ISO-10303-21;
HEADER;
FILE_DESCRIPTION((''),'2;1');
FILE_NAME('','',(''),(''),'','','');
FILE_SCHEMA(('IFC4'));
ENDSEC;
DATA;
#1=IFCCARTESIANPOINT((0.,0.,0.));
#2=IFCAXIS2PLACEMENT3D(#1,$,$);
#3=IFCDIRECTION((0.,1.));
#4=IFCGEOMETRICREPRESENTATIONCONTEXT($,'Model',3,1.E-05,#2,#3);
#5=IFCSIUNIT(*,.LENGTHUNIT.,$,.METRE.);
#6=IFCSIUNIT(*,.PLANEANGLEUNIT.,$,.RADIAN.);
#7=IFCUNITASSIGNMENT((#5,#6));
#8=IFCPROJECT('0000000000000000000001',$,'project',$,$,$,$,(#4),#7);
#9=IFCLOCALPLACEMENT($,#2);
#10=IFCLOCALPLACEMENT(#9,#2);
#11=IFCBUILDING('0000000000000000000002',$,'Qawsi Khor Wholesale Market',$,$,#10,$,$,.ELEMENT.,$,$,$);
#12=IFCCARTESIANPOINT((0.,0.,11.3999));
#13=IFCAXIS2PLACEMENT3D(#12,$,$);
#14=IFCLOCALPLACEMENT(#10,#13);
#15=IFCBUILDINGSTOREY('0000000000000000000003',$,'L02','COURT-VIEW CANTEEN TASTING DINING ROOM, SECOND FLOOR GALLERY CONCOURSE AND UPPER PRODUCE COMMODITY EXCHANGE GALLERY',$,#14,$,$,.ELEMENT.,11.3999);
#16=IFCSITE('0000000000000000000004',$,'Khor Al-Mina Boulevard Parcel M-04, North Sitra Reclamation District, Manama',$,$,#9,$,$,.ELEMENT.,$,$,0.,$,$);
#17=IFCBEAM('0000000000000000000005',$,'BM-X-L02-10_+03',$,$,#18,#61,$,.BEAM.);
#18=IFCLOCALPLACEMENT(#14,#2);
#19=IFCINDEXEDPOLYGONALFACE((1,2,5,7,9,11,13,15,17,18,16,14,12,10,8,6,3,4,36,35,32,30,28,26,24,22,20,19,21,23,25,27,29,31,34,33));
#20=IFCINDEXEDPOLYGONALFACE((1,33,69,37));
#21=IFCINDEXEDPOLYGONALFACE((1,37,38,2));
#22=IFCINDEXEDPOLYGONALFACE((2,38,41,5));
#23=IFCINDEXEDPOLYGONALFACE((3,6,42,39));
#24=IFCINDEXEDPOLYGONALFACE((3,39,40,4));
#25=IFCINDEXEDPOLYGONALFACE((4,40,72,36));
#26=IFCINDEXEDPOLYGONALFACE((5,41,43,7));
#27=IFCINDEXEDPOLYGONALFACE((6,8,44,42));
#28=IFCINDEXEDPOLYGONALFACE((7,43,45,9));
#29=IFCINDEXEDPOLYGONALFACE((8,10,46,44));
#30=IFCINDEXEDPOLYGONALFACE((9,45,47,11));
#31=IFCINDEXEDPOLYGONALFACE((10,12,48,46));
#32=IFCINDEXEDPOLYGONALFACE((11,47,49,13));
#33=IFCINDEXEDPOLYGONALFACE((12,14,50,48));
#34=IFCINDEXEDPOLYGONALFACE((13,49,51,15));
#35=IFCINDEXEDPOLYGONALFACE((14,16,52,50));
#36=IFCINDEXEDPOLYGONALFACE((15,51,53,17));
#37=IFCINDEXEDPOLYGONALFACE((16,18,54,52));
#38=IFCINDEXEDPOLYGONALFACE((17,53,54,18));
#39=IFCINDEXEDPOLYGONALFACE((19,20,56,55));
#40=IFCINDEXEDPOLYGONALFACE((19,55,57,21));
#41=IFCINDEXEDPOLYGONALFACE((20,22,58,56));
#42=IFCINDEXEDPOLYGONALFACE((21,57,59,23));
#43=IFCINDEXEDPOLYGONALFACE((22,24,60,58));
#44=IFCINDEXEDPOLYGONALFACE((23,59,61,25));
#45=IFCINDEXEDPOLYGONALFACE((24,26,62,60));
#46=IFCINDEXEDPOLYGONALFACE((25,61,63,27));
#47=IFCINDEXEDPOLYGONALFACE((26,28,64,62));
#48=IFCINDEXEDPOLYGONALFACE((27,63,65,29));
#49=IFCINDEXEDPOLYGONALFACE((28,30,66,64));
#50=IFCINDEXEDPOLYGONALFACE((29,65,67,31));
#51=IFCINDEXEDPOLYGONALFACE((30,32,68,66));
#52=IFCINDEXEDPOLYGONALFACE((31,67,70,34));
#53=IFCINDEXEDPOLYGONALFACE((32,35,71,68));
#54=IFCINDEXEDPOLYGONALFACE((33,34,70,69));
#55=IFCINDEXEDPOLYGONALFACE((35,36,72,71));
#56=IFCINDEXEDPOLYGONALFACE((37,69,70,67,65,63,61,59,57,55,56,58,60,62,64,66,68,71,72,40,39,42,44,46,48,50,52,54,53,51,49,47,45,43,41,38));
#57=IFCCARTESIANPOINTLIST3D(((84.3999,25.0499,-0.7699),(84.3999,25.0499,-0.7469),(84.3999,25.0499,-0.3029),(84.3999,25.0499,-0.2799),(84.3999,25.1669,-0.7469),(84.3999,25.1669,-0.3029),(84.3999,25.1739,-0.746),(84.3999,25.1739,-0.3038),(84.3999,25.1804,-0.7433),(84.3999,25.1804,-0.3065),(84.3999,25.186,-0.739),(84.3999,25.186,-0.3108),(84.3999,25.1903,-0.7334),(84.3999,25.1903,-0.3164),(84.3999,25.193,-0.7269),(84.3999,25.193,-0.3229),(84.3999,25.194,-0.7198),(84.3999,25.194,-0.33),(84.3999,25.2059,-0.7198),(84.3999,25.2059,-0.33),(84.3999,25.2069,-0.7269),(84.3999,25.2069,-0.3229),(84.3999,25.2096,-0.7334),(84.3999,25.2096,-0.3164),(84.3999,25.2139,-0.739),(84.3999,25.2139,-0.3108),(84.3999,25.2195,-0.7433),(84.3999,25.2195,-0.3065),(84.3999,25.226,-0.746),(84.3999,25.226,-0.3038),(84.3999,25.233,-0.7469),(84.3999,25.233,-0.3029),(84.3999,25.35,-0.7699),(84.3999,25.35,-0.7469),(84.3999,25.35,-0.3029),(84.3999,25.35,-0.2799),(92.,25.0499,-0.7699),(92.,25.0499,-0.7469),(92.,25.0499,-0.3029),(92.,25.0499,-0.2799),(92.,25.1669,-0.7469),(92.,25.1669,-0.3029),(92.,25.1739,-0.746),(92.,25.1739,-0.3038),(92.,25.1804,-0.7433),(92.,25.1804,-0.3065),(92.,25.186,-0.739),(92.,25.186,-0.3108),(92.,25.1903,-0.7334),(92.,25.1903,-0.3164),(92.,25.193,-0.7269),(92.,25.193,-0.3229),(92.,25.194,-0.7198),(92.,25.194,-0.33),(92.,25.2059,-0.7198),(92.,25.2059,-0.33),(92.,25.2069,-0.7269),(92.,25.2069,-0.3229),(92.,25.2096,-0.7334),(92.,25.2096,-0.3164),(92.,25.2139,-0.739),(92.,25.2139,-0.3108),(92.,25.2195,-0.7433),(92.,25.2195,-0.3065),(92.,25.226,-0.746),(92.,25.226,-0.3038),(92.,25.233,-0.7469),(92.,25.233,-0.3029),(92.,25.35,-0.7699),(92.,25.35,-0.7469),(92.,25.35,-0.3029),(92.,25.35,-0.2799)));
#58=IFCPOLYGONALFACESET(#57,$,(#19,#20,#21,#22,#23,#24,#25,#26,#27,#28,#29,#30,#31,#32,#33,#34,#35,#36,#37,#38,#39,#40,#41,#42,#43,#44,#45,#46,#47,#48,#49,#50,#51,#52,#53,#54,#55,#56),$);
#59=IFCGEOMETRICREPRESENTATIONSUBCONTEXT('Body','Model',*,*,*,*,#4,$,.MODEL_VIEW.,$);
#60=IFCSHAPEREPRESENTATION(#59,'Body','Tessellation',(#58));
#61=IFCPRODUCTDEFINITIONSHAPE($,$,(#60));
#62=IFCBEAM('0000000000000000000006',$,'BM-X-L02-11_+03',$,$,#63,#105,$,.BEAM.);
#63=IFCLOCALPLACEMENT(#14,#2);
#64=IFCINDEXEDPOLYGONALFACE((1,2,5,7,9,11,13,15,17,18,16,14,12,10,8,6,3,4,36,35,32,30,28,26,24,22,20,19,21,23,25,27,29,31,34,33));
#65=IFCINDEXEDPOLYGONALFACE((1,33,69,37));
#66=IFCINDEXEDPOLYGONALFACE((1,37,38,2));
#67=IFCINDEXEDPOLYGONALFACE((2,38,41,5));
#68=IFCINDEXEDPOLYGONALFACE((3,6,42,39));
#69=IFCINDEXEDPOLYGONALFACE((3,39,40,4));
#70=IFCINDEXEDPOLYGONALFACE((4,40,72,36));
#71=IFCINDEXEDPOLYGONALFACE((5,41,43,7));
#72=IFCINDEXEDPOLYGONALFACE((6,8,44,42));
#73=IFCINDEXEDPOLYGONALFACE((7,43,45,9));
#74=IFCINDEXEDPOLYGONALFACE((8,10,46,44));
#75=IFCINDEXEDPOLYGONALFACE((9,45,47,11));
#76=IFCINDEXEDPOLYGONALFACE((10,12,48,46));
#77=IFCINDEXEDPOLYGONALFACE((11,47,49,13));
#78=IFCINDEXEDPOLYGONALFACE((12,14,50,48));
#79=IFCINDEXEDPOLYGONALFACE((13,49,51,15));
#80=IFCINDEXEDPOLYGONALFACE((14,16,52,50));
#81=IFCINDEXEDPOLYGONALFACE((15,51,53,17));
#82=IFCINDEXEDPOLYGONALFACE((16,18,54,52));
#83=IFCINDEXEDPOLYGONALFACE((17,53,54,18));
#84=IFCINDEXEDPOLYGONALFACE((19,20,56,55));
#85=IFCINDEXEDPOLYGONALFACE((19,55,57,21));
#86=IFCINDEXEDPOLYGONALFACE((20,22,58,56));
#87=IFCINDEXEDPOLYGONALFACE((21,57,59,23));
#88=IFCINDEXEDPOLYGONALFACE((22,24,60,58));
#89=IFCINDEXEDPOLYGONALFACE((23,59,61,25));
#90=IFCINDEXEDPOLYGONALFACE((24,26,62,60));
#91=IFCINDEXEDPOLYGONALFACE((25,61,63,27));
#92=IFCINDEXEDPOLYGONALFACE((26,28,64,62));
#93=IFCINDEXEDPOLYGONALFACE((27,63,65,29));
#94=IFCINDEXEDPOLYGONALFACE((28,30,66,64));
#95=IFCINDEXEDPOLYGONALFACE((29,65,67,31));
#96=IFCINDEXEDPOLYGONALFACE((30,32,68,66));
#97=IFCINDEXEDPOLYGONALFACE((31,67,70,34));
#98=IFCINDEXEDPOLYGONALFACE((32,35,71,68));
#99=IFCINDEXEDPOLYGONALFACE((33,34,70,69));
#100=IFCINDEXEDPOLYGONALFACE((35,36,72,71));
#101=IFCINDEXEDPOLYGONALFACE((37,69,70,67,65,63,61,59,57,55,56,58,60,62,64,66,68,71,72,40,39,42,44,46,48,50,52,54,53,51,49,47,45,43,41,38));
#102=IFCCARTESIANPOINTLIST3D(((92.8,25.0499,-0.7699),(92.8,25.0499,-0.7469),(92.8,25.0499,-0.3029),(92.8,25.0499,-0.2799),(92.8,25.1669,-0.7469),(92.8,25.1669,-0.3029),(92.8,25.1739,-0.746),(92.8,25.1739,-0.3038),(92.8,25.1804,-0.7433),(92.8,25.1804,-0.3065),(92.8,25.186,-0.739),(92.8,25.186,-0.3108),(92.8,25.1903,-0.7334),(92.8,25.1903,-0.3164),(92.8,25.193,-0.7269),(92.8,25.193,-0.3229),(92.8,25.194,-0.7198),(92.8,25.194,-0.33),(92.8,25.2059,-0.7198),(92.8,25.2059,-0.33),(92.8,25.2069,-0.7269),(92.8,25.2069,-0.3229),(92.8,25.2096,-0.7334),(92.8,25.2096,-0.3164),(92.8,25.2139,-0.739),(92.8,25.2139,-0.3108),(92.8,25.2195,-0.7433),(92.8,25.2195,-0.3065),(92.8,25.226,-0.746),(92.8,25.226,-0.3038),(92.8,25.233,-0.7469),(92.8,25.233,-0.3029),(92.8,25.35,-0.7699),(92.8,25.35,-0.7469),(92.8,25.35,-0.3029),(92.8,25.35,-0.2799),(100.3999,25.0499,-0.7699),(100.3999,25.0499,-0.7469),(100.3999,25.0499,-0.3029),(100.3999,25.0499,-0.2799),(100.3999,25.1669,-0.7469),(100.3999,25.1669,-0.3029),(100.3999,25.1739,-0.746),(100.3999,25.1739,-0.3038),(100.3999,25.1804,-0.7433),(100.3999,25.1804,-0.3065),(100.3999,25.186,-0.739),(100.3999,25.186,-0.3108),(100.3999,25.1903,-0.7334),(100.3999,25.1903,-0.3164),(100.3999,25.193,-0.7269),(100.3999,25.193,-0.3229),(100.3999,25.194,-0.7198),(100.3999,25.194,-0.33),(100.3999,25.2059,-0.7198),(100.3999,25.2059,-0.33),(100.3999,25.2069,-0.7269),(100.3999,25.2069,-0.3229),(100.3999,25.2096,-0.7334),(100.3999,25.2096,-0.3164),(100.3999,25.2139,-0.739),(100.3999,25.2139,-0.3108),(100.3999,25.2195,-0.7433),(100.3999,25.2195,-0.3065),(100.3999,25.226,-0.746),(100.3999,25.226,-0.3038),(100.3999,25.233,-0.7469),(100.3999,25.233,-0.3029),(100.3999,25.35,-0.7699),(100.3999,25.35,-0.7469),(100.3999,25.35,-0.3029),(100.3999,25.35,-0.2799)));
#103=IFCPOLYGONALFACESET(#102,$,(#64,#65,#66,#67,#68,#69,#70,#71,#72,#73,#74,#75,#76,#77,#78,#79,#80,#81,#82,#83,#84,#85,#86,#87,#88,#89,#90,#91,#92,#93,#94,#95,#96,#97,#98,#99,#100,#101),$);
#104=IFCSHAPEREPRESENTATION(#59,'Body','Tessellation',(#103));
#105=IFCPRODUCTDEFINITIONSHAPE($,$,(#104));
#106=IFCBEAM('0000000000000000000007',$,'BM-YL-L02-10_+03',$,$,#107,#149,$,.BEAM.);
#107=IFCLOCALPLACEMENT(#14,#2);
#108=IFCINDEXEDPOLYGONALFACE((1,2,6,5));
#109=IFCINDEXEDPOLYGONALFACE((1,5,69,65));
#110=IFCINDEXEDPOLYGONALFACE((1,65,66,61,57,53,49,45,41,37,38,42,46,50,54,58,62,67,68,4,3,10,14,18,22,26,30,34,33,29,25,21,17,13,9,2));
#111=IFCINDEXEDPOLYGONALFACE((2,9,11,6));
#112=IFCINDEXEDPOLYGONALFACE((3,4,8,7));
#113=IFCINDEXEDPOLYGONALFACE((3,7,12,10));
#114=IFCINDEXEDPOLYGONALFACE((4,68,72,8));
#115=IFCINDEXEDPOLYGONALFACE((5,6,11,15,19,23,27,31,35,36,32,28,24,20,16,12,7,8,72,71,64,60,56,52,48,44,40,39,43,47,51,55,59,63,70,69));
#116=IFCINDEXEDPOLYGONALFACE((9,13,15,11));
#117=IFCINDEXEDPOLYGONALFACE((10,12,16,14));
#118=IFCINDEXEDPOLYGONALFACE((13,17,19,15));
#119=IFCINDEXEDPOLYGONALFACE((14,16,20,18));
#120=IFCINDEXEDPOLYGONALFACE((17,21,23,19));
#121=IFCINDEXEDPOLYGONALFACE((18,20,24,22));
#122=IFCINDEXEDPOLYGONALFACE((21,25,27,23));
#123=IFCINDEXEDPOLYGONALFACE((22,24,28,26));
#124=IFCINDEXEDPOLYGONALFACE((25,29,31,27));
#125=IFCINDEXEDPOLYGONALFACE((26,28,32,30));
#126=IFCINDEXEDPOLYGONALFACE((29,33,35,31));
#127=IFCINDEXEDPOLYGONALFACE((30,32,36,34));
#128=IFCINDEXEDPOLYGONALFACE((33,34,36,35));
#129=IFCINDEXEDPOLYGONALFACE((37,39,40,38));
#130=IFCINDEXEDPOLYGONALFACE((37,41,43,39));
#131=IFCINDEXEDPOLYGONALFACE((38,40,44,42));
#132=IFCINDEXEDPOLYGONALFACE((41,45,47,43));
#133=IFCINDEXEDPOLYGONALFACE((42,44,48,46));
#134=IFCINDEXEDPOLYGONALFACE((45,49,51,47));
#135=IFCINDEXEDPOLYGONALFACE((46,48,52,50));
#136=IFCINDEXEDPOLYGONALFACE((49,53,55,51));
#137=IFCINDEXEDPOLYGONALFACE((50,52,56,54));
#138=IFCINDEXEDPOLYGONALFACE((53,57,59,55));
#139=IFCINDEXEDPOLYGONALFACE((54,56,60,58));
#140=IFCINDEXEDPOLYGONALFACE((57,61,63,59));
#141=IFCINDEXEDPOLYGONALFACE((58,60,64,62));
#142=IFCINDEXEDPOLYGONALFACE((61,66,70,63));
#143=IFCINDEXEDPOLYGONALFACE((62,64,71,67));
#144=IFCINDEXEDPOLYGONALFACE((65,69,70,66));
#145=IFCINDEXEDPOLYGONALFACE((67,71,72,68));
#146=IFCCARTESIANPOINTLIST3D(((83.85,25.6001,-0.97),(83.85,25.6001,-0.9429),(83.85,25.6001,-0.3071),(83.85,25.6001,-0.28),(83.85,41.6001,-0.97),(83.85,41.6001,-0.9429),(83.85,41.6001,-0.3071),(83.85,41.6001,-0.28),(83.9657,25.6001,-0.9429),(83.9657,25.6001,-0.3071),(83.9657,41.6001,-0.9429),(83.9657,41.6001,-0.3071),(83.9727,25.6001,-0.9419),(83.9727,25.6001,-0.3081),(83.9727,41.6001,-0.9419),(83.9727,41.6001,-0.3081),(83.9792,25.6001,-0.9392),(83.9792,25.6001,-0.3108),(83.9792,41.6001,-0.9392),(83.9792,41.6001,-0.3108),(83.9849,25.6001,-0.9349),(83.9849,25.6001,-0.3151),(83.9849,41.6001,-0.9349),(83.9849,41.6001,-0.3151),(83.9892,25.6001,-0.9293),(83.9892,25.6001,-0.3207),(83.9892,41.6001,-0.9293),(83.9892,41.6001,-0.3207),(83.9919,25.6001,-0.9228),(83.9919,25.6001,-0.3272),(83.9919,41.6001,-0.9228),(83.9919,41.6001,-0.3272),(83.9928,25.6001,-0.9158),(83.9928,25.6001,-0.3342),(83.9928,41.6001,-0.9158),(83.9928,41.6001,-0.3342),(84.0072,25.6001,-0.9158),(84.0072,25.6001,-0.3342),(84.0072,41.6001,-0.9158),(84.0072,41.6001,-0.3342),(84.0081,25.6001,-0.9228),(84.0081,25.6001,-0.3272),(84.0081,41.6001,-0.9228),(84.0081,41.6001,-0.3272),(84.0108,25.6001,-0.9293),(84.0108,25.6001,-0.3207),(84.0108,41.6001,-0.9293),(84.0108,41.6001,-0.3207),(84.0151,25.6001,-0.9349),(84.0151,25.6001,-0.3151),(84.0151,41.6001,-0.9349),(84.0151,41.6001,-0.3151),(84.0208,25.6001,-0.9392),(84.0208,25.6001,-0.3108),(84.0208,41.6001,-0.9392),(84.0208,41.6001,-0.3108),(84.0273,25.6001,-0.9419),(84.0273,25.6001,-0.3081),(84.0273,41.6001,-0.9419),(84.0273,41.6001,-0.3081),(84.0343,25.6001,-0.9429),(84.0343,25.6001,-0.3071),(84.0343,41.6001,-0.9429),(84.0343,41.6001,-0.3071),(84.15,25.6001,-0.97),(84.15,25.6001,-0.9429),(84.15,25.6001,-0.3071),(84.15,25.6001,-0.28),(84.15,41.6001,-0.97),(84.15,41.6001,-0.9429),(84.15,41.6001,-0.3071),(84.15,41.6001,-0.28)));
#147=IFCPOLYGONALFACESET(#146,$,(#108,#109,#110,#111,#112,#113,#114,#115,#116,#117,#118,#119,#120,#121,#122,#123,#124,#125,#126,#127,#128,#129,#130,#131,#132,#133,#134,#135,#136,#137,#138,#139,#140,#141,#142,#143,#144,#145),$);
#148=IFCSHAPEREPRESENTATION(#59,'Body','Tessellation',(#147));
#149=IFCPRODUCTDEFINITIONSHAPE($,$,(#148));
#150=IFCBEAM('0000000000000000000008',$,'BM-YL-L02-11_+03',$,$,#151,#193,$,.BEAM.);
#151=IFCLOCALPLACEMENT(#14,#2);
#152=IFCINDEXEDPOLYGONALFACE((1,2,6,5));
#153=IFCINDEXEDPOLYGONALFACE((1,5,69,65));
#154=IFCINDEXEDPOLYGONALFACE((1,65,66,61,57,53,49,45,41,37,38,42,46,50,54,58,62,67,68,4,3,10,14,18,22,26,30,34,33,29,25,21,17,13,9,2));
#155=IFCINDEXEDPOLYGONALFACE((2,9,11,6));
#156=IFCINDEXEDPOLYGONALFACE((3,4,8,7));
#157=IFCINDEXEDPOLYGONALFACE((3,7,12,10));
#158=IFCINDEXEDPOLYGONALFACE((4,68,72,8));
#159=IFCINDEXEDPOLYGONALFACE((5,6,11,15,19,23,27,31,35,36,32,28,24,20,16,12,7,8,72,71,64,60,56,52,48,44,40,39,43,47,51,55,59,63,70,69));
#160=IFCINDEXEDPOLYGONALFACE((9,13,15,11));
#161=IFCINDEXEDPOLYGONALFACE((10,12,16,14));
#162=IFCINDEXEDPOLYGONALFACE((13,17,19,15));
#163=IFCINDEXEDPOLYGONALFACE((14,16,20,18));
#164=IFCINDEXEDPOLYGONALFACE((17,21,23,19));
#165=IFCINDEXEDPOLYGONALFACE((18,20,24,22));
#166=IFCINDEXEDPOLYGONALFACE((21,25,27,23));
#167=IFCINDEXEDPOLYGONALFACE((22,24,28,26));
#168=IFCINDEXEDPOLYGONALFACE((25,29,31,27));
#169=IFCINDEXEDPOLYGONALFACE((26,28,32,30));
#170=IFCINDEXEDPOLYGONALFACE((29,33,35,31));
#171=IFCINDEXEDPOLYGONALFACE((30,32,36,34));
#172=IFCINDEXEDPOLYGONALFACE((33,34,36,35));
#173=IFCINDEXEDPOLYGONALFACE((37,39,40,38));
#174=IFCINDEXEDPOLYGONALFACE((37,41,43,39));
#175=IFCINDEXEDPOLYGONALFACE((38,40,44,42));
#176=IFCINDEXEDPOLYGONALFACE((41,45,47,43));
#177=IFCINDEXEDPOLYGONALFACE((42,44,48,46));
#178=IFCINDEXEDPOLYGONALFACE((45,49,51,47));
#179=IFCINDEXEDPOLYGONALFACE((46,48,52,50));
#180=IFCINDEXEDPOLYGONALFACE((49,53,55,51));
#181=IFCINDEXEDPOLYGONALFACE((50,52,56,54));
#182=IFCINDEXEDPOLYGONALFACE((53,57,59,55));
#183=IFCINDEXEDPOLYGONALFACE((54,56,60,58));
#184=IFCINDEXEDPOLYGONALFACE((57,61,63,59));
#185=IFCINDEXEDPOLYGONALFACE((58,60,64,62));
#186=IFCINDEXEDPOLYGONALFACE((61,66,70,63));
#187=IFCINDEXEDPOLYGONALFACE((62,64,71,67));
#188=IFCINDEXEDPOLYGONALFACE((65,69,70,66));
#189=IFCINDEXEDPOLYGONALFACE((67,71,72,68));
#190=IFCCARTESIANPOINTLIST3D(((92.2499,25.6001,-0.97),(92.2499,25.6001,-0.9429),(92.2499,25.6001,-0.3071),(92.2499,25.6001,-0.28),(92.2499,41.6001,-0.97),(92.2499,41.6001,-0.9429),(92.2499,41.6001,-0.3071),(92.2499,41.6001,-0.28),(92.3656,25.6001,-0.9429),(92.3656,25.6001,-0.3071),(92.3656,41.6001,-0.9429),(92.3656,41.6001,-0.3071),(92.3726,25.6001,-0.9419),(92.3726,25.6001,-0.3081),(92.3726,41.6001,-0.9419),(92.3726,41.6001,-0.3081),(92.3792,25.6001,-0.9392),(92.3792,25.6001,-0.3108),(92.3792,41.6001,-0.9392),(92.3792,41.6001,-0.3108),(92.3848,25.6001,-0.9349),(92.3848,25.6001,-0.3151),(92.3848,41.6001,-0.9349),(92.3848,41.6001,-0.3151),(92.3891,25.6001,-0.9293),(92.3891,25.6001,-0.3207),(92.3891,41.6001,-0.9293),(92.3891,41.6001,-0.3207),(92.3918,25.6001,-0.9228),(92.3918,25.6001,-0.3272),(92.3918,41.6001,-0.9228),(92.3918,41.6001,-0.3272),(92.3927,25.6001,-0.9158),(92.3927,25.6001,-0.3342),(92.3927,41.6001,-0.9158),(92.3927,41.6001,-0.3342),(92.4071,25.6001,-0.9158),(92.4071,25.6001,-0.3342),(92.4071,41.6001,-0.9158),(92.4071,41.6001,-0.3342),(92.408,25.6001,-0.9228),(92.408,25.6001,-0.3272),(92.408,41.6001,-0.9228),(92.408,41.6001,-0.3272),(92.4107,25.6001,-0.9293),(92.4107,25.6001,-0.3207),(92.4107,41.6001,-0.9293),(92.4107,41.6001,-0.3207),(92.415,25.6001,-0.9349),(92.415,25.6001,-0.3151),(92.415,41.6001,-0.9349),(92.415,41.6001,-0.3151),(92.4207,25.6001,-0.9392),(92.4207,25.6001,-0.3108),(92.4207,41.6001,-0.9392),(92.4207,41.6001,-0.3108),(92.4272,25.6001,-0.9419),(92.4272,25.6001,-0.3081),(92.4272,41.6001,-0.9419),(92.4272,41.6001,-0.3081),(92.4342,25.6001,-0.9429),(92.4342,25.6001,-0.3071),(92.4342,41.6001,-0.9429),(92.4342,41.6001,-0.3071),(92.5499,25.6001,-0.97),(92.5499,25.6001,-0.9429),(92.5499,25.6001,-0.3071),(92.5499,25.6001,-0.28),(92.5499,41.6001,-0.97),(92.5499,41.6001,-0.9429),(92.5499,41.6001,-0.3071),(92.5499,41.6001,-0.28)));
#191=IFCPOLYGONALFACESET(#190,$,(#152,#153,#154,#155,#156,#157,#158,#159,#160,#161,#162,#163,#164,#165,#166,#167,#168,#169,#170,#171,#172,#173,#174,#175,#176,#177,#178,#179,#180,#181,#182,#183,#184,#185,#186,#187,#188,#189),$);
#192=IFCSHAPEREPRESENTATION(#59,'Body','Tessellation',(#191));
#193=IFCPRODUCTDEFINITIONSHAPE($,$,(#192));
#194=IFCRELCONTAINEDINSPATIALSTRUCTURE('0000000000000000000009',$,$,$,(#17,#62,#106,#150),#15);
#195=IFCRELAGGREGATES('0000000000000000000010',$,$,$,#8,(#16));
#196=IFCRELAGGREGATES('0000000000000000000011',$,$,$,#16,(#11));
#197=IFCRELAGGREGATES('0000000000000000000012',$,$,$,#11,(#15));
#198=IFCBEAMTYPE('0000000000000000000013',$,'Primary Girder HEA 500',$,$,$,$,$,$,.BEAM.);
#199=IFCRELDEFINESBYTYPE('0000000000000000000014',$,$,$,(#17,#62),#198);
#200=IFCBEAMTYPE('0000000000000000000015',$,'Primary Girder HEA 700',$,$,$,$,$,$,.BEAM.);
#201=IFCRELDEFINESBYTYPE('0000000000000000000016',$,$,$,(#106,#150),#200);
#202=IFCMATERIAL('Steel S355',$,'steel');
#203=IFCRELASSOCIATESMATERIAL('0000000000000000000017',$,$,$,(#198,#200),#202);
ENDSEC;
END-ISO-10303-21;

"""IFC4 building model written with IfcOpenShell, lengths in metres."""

from ifc_helpers import new_model, si_unit, direction, frame, origin, origin_2d, place, context, subcontext, project, spatial, i_section, extrude, material, material_profile, profile_set, type_object, element, save


model = new_model("IFC4")

# Units and contexts
model_context = context("Model", 3, precision=1e-05, world=origin(), true_north=direction((0.0, 1.0)))
body_context = subcontext(model_context, "Body", "Model", "MODEL_VIEW")
ifc_project = project(units=[si_unit("LENGTHUNIT", "METRE"), si_unit("PLANEANGLEUNIT", "RADIAN")], contexts=[model_context])

# Site, building, storey
site_placement = place(None, origin())
site = spatial("IfcSite", under=ifc_project, at=site_placement, Name="Khor Al-Mina Boulevard Parcel M-04, North Sitra Reclamation District, Manama", CompositionType="ELEMENT", RefElevation=0.0)
building_placement = place(site_placement, origin())
building = spatial("IfcBuilding", under=site, at=building_placement, Name="Qawsi Khor Wholesale Market", CompositionType="ELEMENT")
storey_placement = place(building_placement, frame((0.0, 0.0, 11.3999)))
storey = spatial("IfcBuildingStorey", under=building, at=storey_placement, Name="L02", Description="COURT-VIEW CANTEEN TASTING DINING ROOM, SECOND FLOOR GALLERY CONCOURSE AND UPPER PRODUCE COMMODITY EXCHANGE GALLERY", CompositionType="ELEMENT", Elevation=11.3999)

# Beams
ifc_material_1 = material(Name="Steel S355", Category="steel")
ifc_material_profile_1 = material_profile(ifc_material_1, i_section(OverallWidth=0.3, OverallDepth=0.49, WebThickness=0.012, FlangeThickness=0.0229, FilletRadius=0.0271, at=origin_2d()), Name="HEA 500")
ifc_profile_set_1 = profile_set([ifc_material_profile_1], Name="Steel S355")
beam_type_1 = type_object("IfcBeamType", Name="Primary Girder HEA 500", PredefinedType="BEAM", material=ifc_profile_set_1)
for number, where, z_axis, x_axis, name in (
    (1, (84.3999, 25.2, -0.5249), (1.0, 0.0, 0.0), (0.0, 1.0, 0.0), "BM-X-L02-10_+03"),
):
    element("IfcBeam", number, at=place(storey_placement, frame(where, z_axis=z_axis, x_axis=x_axis)), inside=storey, type_object=beam_type_1, Name=name, PredefinedType="BEAM", context=body_context, shape_type="SweptSolid", body=[
        extrude(i_section(OverallWidth=0.3, OverallDepth=0.49, WebThickness=0.012, FlangeThickness=0.0229, FilletRadius=0.0271, at=origin_2d()), origin(), (0.0, 0.0, 1.0), 7.6001),
    ])
beam_1_placement = place(storey_placement, frame((92.8, 25.2, -0.5249), z_axis=(1.0, 0.0, 0.0), x_axis=(0.0, 1.0, 0.0)))
element("IfcBeam", 2, at=beam_1_placement, inside=storey, type_object=beam_type_1, Name="BM-X-L02-11_+03", PredefinedType="BEAM", context=body_context, shape_type="SweptSolid", body=[
    extrude(i_section(OverallWidth=0.3, OverallDepth=0.49, WebThickness=0.012, FlangeThickness=0.0229, FilletRadius=0.0271, at=origin_2d()), origin(), (0.0, 0.0, 1.0), 7.5999),
])
ifc_material_profile_2 = material_profile(ifc_material_1, i_section(OverallWidth=0.3, OverallDepth=0.6899, WebThickness=0.0144, FlangeThickness=0.0271, FilletRadius=0.0271, at=origin_2d()), Name="HEA 700")
ifc_profile_set_2 = profile_set([ifc_material_profile_2], Name="Steel S355")
beam_type_2 = type_object("IfcBeamType", Name="Primary Girder HEA 700", PredefinedType="BEAM", material=ifc_profile_set_2)
for number, where, z_axis, x_axis, name in (
    (3, (84.0, 25.6001, -0.625), (0.0, 1.0, 0.0), (-1.0, 0.0, 0.0), "BM-YL-L02-10_+03"),
    (4, (92.3999, 25.6001, -0.625), (0.0, 1.0, 0.0), (-1.0, 0.0, 0.0), "BM-YL-L02-11_+03"),
):
    element("IfcBeam", number, at=place(storey_placement, frame(where, z_axis=z_axis, x_axis=x_axis)), inside=storey, type_object=beam_type_2, Name=name, PredefinedType="BEAM", context=body_context, shape_type="SweptSolid", body=[
        extrude(i_section(OverallWidth=0.3, OverallDepth=0.6899, WebThickness=0.0144, FlangeThickness=0.0271, FilletRadius=0.0271, at=origin_2d()), origin(), (0.0, 0.0, 1.0), 16.0),
    ])

save(model, "model.ifc")
